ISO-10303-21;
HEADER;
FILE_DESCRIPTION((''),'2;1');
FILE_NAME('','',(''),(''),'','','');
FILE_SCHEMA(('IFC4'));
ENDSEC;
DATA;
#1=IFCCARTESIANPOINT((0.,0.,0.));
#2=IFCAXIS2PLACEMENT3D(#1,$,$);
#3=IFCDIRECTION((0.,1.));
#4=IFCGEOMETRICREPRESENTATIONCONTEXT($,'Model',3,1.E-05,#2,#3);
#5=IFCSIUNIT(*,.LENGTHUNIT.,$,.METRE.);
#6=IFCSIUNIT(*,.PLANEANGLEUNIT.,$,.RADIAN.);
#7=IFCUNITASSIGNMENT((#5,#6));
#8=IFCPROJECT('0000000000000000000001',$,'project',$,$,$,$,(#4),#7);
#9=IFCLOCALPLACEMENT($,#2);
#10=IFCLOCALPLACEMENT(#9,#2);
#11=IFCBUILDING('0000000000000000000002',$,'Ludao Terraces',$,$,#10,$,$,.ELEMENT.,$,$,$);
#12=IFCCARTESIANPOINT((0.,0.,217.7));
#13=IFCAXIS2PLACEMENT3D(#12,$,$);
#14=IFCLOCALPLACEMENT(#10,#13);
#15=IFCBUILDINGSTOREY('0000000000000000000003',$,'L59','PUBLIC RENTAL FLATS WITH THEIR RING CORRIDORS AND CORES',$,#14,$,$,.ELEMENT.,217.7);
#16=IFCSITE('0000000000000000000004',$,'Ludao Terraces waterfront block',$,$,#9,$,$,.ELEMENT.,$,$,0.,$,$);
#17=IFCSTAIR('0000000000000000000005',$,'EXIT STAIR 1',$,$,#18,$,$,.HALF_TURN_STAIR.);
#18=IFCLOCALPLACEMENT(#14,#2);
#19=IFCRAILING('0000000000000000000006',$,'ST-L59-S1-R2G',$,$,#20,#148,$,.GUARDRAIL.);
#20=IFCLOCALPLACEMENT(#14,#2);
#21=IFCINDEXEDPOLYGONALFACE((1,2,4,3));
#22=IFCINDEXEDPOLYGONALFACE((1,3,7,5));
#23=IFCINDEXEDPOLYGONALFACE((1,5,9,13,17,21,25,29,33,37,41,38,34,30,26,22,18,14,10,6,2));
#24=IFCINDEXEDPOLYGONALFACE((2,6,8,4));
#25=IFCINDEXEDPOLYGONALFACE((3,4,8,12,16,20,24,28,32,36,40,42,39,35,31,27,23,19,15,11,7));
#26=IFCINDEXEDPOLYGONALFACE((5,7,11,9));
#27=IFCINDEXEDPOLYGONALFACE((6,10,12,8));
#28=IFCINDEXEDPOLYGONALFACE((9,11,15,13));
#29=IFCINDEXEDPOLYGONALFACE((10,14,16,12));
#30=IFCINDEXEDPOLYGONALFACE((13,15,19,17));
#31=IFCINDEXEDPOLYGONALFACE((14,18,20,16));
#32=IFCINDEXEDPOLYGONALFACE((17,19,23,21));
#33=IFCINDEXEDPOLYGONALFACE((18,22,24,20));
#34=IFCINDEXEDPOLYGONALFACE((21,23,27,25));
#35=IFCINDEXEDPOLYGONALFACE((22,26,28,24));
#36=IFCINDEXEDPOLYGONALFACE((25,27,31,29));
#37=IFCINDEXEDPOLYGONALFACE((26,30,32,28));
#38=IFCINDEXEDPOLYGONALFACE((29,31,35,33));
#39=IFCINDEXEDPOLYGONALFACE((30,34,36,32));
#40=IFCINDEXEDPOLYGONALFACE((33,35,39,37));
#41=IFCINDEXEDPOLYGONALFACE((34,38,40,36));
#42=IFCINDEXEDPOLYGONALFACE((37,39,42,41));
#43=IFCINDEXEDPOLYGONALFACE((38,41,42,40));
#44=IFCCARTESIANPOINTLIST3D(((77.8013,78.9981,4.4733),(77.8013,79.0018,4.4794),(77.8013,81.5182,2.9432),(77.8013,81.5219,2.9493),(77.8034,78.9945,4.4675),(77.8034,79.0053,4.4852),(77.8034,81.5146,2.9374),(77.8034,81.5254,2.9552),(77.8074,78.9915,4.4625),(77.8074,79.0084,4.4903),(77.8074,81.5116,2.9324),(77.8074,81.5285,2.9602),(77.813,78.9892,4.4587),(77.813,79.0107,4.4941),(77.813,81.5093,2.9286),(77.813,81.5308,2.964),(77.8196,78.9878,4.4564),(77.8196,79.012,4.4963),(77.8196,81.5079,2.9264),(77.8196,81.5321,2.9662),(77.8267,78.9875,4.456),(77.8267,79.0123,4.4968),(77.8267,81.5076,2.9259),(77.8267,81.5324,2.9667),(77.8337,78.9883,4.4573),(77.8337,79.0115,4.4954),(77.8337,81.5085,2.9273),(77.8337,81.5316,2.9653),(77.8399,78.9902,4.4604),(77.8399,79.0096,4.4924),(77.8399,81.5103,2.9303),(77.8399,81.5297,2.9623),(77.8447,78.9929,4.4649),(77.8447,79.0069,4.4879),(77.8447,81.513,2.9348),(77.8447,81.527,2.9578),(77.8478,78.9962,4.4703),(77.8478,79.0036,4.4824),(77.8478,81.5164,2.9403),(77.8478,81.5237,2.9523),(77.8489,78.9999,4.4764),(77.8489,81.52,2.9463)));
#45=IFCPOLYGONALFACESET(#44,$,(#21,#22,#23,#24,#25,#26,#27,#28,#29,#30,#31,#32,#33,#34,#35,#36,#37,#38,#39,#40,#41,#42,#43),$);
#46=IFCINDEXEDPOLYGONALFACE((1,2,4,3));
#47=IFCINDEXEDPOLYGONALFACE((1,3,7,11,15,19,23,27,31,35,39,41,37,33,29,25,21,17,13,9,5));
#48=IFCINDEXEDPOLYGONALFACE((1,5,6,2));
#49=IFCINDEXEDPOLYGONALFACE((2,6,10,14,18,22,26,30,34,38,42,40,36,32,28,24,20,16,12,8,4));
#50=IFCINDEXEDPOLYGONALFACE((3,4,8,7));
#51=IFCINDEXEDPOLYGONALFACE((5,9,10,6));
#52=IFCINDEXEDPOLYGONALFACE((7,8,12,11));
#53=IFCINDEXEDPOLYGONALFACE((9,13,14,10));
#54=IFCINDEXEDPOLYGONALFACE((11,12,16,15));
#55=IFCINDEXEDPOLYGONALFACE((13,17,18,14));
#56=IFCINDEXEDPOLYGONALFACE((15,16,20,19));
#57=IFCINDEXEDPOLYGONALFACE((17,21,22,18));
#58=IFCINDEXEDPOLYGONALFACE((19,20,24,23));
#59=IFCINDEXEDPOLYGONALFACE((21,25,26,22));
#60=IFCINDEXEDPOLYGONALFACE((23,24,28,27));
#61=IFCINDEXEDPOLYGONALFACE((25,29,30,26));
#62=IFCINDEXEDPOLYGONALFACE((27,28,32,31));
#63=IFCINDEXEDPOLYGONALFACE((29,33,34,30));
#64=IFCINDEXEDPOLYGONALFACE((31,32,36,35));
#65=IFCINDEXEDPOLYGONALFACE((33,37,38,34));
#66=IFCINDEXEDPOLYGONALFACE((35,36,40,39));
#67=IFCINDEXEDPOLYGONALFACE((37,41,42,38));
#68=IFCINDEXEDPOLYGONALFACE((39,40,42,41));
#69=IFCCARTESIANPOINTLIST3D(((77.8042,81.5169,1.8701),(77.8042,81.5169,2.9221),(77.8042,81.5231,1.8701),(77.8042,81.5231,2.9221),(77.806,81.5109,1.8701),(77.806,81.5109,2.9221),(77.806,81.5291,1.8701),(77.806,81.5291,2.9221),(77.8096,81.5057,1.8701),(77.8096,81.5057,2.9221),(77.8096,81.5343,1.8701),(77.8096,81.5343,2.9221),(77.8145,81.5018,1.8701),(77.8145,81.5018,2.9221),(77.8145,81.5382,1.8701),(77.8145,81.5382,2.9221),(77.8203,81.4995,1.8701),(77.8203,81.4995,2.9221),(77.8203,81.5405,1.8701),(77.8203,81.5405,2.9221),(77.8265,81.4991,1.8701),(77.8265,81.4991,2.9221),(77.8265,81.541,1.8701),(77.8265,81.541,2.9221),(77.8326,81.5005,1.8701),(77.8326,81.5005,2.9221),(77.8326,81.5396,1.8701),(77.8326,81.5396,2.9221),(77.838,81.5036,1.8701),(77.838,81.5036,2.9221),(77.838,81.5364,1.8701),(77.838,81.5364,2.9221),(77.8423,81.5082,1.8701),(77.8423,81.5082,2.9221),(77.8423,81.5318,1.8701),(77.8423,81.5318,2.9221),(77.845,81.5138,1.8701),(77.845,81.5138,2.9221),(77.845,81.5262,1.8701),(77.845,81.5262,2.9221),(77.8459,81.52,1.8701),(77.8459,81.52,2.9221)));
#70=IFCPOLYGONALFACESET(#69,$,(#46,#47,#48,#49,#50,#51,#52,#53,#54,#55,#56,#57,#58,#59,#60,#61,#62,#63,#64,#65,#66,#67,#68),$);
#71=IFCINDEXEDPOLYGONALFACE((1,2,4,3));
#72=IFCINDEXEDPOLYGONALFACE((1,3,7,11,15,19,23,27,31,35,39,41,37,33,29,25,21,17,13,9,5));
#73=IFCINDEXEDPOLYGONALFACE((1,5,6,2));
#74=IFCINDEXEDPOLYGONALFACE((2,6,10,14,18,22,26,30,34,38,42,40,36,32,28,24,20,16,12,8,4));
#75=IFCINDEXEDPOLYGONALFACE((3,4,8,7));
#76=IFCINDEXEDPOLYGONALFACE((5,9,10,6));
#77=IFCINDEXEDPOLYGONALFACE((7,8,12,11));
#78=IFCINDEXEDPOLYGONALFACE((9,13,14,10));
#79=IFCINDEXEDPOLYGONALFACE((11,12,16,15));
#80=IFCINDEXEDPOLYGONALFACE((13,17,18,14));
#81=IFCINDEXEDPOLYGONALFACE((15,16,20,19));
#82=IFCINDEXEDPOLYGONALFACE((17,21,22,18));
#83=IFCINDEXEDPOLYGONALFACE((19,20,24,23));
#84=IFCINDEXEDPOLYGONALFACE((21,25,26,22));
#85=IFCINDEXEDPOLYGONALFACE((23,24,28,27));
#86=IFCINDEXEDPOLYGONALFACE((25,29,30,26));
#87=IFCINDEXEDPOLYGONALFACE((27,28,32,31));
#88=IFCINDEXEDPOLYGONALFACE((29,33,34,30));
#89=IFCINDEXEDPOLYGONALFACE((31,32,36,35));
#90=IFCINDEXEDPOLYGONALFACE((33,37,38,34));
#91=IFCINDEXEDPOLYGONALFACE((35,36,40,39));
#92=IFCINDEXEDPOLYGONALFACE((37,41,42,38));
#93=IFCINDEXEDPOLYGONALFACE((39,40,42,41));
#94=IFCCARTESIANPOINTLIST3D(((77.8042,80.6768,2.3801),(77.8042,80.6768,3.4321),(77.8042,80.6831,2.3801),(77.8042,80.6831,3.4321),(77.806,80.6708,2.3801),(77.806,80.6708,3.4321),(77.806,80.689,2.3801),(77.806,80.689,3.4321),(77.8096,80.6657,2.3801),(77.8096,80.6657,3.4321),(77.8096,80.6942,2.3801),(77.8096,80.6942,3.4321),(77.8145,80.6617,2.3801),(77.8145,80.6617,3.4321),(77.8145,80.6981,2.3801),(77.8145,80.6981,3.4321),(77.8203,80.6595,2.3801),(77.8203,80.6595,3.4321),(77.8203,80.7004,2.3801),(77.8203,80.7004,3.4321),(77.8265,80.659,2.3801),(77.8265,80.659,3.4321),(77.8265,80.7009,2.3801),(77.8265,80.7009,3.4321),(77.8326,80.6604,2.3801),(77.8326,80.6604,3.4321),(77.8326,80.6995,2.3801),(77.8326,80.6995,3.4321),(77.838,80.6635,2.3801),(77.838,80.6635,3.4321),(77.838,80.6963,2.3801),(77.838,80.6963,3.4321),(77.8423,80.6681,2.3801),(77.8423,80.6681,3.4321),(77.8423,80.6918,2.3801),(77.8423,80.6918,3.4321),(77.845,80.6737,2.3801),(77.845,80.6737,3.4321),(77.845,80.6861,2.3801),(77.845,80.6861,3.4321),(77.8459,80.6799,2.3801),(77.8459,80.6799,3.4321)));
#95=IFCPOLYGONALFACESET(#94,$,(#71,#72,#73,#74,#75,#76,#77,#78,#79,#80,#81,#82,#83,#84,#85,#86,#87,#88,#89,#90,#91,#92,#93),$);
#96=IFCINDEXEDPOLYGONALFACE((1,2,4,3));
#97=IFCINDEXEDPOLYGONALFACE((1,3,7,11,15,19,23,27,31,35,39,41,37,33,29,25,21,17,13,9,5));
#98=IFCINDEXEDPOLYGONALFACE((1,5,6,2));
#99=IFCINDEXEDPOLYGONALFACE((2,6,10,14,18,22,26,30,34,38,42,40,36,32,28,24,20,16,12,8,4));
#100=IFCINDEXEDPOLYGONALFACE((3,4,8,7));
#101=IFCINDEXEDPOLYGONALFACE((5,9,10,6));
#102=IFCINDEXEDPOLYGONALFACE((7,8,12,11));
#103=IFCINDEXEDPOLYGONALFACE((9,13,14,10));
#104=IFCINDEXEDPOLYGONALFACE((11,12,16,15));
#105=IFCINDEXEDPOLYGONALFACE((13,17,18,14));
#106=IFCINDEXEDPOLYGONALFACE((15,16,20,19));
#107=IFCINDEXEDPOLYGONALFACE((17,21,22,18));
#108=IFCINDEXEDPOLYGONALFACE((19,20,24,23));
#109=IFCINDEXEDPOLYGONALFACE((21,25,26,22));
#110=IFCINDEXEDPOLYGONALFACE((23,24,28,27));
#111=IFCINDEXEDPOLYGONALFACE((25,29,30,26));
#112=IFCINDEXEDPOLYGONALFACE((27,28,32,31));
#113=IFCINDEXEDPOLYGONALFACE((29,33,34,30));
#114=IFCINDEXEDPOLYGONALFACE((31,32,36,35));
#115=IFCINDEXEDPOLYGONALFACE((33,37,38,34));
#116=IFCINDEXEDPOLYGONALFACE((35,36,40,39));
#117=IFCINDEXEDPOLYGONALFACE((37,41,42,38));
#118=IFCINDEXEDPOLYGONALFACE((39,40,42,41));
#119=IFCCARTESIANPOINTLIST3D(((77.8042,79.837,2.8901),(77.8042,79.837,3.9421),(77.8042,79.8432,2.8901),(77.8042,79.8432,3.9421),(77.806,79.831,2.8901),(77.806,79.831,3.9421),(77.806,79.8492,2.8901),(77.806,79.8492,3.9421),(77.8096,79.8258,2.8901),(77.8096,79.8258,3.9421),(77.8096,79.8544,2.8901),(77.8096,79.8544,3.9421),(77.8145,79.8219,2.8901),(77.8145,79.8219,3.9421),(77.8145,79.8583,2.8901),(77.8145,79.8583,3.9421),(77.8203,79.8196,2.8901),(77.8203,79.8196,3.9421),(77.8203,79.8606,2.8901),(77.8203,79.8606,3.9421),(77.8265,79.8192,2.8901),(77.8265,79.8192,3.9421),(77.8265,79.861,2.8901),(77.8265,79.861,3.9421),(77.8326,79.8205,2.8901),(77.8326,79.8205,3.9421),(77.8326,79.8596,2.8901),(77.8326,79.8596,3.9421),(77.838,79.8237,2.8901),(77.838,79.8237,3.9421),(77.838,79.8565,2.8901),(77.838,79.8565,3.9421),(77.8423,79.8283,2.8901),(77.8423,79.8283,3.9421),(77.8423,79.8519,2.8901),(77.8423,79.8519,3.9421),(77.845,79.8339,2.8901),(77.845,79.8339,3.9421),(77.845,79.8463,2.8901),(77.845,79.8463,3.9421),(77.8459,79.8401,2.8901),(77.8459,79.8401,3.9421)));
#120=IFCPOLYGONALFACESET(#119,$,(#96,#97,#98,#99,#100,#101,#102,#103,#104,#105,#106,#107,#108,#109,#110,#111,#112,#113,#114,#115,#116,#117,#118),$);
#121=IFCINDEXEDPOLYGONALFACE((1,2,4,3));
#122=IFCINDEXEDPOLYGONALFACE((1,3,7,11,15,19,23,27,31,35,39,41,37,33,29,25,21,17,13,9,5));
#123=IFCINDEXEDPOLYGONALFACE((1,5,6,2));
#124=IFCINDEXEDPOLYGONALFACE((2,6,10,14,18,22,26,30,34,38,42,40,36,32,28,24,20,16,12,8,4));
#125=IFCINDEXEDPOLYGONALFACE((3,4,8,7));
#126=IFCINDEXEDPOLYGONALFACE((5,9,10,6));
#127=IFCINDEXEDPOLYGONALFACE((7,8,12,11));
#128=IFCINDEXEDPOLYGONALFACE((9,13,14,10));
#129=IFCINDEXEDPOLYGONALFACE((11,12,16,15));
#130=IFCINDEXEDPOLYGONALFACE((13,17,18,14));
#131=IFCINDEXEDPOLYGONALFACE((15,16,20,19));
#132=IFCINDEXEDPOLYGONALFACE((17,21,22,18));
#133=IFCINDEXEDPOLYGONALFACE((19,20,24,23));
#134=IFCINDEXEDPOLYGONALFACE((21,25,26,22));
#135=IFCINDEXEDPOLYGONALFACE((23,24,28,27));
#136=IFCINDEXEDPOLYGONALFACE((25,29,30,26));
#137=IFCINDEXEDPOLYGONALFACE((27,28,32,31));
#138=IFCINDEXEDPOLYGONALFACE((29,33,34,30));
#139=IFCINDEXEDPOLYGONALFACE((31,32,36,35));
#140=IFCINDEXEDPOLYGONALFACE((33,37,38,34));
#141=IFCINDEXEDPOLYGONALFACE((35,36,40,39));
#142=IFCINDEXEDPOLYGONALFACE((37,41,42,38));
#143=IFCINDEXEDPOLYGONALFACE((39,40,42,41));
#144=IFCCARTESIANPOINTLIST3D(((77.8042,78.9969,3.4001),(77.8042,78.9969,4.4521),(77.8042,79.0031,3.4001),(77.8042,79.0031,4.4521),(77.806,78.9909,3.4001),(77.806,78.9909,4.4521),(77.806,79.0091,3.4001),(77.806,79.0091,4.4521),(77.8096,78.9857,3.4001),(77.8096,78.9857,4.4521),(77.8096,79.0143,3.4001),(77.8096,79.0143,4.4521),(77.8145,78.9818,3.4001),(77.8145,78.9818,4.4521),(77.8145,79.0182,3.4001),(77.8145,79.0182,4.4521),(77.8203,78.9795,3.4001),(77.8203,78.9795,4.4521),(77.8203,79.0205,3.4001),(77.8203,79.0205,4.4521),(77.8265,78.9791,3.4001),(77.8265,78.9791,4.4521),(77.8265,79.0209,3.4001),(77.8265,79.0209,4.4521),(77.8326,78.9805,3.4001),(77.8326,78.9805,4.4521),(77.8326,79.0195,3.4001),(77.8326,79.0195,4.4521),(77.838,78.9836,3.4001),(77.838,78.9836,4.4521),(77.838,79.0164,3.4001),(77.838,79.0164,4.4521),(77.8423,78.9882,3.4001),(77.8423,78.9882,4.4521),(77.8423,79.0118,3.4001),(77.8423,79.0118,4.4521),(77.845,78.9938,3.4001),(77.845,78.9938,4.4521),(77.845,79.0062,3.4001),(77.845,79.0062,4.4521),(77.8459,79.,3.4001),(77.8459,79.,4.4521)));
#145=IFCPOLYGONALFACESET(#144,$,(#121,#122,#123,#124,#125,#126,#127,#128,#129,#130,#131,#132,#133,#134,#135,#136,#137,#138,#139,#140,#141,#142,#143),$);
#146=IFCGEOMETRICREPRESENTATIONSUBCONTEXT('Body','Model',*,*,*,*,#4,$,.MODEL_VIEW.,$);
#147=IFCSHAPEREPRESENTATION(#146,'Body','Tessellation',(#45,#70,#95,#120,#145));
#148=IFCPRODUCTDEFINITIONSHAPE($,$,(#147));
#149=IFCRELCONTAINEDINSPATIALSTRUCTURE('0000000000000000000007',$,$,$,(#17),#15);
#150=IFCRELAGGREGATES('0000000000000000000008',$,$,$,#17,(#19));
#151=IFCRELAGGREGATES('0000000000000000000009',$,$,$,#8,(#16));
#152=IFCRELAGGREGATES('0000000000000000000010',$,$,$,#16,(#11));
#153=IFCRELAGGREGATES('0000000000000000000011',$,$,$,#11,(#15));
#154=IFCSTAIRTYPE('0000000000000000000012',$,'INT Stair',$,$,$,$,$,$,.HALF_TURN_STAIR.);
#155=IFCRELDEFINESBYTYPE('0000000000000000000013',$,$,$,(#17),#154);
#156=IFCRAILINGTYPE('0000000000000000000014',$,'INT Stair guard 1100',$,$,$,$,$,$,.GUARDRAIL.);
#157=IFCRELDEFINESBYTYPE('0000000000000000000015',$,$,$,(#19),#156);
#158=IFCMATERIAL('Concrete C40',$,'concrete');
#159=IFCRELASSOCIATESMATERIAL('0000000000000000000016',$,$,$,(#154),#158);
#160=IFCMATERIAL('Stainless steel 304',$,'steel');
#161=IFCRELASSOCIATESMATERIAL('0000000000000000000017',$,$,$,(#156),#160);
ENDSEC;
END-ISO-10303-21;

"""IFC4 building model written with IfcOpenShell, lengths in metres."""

from ifc_helpers import new_model, si_unit, direction, frame, origin, origin_2d, place, context, subcontext, project, spatial, circle, extrude, material, type_object, element, aggregate, save


model = new_model("IFC4")

# Units and contexts
model_context = context("Model", 3, precision=1e-05, world=origin(), true_north=direction((0.0, 1.0)))
body_context = subcontext(model_context, "Body", "Model", "MODEL_VIEW")
ifc_project = project(units=[si_unit("LENGTHUNIT", "METRE"), si_unit("PLANEANGLEUNIT", "RADIAN")], contexts=[model_context])

# Site, building, storey
site_placement = place(None, origin())
site = spatial("IfcSite", under=ifc_project, at=site_placement, Name="Ludao Terraces waterfront block", CompositionType="ELEMENT", RefElevation=0.0)
building_placement = place(site_placement, origin())
building = spatial("IfcBuilding", under=site, at=building_placement, Name="Ludao Terraces", CompositionType="ELEMENT")
storey_placement = place(building_placement, frame((0.0, 0.0, 217.7)))
storey = spatial("IfcBuildingStorey", under=building, at=storey_placement, Name="L59", Description="PUBLIC RENTAL FLATS WITH THEIR RING CORRIDORS AND CORES", CompositionType="ELEMENT", Elevation=217.7)

# Shared definitions
ifc_material_1 = material(Name="Concrete C40", Category="concrete")

# Stair, railing
stair_type = type_object("IfcStairType", Name="INT Stair", PredefinedType="HALF_TURN_STAIR", material=ifc_material_1)
stair_placement = place(storey_placement, origin())
stair = element("IfcStair", 1, at=stair_placement, inside=storey, type_object=stair_type, Name="EXIT STAIR 1", PredefinedType="HALF_TURN_STAIR")
ifc_material_2 = material(Name="Stainless steel 304", Category="steel")
railing_type_1 = type_object("IfcRailingType", Name="INT Stair guard 1100", PredefinedType="GUARDRAIL", material=ifc_material_2)
railing_1_placement = place(storey_placement, frame((77.825, 81.52, 1.8701)))
railing_1 = element("IfcRailing", 2, at=railing_1_placement, type_object=railing_type_1, Name="ST-L59-S1-R2G", PredefinedType="GUARDRAIL", context=body_context, shape_type="SweptSolid", body=[
    extrude(circle(Radius=0.0239, at=origin_2d()), frame((0.0, 0.0, 1.0762), z_axis=(0.0, -0.854785, 0.518982), x_axis=(1.0, 0.0, 0.0)), (0.0, 0.0, 1.0), 2.9482),
    extrude(circle(Radius=0.021, at=origin_2d()), origin(), (0.0, 0.0, 1.0), 1.052),
    extrude(circle(Radius=0.021, at=origin_2d()), frame((0.0, -0.8401, 0.51)), (0.0, 0.0, 1.0), 1.052),
    extrude(circle(Radius=0.021, at=origin_2d()), frame((0.0, -1.6799, 1.02)), (0.0, 0.0, 1.0), 1.052),
    extrude(circle(Radius=0.021, at=origin_2d()), frame((0.0, -2.52, 1.53)), (0.0, 0.0, 1.0), 1.052),
])
aggregate(stair, [railing_1])

save(model, "model.ifc")
